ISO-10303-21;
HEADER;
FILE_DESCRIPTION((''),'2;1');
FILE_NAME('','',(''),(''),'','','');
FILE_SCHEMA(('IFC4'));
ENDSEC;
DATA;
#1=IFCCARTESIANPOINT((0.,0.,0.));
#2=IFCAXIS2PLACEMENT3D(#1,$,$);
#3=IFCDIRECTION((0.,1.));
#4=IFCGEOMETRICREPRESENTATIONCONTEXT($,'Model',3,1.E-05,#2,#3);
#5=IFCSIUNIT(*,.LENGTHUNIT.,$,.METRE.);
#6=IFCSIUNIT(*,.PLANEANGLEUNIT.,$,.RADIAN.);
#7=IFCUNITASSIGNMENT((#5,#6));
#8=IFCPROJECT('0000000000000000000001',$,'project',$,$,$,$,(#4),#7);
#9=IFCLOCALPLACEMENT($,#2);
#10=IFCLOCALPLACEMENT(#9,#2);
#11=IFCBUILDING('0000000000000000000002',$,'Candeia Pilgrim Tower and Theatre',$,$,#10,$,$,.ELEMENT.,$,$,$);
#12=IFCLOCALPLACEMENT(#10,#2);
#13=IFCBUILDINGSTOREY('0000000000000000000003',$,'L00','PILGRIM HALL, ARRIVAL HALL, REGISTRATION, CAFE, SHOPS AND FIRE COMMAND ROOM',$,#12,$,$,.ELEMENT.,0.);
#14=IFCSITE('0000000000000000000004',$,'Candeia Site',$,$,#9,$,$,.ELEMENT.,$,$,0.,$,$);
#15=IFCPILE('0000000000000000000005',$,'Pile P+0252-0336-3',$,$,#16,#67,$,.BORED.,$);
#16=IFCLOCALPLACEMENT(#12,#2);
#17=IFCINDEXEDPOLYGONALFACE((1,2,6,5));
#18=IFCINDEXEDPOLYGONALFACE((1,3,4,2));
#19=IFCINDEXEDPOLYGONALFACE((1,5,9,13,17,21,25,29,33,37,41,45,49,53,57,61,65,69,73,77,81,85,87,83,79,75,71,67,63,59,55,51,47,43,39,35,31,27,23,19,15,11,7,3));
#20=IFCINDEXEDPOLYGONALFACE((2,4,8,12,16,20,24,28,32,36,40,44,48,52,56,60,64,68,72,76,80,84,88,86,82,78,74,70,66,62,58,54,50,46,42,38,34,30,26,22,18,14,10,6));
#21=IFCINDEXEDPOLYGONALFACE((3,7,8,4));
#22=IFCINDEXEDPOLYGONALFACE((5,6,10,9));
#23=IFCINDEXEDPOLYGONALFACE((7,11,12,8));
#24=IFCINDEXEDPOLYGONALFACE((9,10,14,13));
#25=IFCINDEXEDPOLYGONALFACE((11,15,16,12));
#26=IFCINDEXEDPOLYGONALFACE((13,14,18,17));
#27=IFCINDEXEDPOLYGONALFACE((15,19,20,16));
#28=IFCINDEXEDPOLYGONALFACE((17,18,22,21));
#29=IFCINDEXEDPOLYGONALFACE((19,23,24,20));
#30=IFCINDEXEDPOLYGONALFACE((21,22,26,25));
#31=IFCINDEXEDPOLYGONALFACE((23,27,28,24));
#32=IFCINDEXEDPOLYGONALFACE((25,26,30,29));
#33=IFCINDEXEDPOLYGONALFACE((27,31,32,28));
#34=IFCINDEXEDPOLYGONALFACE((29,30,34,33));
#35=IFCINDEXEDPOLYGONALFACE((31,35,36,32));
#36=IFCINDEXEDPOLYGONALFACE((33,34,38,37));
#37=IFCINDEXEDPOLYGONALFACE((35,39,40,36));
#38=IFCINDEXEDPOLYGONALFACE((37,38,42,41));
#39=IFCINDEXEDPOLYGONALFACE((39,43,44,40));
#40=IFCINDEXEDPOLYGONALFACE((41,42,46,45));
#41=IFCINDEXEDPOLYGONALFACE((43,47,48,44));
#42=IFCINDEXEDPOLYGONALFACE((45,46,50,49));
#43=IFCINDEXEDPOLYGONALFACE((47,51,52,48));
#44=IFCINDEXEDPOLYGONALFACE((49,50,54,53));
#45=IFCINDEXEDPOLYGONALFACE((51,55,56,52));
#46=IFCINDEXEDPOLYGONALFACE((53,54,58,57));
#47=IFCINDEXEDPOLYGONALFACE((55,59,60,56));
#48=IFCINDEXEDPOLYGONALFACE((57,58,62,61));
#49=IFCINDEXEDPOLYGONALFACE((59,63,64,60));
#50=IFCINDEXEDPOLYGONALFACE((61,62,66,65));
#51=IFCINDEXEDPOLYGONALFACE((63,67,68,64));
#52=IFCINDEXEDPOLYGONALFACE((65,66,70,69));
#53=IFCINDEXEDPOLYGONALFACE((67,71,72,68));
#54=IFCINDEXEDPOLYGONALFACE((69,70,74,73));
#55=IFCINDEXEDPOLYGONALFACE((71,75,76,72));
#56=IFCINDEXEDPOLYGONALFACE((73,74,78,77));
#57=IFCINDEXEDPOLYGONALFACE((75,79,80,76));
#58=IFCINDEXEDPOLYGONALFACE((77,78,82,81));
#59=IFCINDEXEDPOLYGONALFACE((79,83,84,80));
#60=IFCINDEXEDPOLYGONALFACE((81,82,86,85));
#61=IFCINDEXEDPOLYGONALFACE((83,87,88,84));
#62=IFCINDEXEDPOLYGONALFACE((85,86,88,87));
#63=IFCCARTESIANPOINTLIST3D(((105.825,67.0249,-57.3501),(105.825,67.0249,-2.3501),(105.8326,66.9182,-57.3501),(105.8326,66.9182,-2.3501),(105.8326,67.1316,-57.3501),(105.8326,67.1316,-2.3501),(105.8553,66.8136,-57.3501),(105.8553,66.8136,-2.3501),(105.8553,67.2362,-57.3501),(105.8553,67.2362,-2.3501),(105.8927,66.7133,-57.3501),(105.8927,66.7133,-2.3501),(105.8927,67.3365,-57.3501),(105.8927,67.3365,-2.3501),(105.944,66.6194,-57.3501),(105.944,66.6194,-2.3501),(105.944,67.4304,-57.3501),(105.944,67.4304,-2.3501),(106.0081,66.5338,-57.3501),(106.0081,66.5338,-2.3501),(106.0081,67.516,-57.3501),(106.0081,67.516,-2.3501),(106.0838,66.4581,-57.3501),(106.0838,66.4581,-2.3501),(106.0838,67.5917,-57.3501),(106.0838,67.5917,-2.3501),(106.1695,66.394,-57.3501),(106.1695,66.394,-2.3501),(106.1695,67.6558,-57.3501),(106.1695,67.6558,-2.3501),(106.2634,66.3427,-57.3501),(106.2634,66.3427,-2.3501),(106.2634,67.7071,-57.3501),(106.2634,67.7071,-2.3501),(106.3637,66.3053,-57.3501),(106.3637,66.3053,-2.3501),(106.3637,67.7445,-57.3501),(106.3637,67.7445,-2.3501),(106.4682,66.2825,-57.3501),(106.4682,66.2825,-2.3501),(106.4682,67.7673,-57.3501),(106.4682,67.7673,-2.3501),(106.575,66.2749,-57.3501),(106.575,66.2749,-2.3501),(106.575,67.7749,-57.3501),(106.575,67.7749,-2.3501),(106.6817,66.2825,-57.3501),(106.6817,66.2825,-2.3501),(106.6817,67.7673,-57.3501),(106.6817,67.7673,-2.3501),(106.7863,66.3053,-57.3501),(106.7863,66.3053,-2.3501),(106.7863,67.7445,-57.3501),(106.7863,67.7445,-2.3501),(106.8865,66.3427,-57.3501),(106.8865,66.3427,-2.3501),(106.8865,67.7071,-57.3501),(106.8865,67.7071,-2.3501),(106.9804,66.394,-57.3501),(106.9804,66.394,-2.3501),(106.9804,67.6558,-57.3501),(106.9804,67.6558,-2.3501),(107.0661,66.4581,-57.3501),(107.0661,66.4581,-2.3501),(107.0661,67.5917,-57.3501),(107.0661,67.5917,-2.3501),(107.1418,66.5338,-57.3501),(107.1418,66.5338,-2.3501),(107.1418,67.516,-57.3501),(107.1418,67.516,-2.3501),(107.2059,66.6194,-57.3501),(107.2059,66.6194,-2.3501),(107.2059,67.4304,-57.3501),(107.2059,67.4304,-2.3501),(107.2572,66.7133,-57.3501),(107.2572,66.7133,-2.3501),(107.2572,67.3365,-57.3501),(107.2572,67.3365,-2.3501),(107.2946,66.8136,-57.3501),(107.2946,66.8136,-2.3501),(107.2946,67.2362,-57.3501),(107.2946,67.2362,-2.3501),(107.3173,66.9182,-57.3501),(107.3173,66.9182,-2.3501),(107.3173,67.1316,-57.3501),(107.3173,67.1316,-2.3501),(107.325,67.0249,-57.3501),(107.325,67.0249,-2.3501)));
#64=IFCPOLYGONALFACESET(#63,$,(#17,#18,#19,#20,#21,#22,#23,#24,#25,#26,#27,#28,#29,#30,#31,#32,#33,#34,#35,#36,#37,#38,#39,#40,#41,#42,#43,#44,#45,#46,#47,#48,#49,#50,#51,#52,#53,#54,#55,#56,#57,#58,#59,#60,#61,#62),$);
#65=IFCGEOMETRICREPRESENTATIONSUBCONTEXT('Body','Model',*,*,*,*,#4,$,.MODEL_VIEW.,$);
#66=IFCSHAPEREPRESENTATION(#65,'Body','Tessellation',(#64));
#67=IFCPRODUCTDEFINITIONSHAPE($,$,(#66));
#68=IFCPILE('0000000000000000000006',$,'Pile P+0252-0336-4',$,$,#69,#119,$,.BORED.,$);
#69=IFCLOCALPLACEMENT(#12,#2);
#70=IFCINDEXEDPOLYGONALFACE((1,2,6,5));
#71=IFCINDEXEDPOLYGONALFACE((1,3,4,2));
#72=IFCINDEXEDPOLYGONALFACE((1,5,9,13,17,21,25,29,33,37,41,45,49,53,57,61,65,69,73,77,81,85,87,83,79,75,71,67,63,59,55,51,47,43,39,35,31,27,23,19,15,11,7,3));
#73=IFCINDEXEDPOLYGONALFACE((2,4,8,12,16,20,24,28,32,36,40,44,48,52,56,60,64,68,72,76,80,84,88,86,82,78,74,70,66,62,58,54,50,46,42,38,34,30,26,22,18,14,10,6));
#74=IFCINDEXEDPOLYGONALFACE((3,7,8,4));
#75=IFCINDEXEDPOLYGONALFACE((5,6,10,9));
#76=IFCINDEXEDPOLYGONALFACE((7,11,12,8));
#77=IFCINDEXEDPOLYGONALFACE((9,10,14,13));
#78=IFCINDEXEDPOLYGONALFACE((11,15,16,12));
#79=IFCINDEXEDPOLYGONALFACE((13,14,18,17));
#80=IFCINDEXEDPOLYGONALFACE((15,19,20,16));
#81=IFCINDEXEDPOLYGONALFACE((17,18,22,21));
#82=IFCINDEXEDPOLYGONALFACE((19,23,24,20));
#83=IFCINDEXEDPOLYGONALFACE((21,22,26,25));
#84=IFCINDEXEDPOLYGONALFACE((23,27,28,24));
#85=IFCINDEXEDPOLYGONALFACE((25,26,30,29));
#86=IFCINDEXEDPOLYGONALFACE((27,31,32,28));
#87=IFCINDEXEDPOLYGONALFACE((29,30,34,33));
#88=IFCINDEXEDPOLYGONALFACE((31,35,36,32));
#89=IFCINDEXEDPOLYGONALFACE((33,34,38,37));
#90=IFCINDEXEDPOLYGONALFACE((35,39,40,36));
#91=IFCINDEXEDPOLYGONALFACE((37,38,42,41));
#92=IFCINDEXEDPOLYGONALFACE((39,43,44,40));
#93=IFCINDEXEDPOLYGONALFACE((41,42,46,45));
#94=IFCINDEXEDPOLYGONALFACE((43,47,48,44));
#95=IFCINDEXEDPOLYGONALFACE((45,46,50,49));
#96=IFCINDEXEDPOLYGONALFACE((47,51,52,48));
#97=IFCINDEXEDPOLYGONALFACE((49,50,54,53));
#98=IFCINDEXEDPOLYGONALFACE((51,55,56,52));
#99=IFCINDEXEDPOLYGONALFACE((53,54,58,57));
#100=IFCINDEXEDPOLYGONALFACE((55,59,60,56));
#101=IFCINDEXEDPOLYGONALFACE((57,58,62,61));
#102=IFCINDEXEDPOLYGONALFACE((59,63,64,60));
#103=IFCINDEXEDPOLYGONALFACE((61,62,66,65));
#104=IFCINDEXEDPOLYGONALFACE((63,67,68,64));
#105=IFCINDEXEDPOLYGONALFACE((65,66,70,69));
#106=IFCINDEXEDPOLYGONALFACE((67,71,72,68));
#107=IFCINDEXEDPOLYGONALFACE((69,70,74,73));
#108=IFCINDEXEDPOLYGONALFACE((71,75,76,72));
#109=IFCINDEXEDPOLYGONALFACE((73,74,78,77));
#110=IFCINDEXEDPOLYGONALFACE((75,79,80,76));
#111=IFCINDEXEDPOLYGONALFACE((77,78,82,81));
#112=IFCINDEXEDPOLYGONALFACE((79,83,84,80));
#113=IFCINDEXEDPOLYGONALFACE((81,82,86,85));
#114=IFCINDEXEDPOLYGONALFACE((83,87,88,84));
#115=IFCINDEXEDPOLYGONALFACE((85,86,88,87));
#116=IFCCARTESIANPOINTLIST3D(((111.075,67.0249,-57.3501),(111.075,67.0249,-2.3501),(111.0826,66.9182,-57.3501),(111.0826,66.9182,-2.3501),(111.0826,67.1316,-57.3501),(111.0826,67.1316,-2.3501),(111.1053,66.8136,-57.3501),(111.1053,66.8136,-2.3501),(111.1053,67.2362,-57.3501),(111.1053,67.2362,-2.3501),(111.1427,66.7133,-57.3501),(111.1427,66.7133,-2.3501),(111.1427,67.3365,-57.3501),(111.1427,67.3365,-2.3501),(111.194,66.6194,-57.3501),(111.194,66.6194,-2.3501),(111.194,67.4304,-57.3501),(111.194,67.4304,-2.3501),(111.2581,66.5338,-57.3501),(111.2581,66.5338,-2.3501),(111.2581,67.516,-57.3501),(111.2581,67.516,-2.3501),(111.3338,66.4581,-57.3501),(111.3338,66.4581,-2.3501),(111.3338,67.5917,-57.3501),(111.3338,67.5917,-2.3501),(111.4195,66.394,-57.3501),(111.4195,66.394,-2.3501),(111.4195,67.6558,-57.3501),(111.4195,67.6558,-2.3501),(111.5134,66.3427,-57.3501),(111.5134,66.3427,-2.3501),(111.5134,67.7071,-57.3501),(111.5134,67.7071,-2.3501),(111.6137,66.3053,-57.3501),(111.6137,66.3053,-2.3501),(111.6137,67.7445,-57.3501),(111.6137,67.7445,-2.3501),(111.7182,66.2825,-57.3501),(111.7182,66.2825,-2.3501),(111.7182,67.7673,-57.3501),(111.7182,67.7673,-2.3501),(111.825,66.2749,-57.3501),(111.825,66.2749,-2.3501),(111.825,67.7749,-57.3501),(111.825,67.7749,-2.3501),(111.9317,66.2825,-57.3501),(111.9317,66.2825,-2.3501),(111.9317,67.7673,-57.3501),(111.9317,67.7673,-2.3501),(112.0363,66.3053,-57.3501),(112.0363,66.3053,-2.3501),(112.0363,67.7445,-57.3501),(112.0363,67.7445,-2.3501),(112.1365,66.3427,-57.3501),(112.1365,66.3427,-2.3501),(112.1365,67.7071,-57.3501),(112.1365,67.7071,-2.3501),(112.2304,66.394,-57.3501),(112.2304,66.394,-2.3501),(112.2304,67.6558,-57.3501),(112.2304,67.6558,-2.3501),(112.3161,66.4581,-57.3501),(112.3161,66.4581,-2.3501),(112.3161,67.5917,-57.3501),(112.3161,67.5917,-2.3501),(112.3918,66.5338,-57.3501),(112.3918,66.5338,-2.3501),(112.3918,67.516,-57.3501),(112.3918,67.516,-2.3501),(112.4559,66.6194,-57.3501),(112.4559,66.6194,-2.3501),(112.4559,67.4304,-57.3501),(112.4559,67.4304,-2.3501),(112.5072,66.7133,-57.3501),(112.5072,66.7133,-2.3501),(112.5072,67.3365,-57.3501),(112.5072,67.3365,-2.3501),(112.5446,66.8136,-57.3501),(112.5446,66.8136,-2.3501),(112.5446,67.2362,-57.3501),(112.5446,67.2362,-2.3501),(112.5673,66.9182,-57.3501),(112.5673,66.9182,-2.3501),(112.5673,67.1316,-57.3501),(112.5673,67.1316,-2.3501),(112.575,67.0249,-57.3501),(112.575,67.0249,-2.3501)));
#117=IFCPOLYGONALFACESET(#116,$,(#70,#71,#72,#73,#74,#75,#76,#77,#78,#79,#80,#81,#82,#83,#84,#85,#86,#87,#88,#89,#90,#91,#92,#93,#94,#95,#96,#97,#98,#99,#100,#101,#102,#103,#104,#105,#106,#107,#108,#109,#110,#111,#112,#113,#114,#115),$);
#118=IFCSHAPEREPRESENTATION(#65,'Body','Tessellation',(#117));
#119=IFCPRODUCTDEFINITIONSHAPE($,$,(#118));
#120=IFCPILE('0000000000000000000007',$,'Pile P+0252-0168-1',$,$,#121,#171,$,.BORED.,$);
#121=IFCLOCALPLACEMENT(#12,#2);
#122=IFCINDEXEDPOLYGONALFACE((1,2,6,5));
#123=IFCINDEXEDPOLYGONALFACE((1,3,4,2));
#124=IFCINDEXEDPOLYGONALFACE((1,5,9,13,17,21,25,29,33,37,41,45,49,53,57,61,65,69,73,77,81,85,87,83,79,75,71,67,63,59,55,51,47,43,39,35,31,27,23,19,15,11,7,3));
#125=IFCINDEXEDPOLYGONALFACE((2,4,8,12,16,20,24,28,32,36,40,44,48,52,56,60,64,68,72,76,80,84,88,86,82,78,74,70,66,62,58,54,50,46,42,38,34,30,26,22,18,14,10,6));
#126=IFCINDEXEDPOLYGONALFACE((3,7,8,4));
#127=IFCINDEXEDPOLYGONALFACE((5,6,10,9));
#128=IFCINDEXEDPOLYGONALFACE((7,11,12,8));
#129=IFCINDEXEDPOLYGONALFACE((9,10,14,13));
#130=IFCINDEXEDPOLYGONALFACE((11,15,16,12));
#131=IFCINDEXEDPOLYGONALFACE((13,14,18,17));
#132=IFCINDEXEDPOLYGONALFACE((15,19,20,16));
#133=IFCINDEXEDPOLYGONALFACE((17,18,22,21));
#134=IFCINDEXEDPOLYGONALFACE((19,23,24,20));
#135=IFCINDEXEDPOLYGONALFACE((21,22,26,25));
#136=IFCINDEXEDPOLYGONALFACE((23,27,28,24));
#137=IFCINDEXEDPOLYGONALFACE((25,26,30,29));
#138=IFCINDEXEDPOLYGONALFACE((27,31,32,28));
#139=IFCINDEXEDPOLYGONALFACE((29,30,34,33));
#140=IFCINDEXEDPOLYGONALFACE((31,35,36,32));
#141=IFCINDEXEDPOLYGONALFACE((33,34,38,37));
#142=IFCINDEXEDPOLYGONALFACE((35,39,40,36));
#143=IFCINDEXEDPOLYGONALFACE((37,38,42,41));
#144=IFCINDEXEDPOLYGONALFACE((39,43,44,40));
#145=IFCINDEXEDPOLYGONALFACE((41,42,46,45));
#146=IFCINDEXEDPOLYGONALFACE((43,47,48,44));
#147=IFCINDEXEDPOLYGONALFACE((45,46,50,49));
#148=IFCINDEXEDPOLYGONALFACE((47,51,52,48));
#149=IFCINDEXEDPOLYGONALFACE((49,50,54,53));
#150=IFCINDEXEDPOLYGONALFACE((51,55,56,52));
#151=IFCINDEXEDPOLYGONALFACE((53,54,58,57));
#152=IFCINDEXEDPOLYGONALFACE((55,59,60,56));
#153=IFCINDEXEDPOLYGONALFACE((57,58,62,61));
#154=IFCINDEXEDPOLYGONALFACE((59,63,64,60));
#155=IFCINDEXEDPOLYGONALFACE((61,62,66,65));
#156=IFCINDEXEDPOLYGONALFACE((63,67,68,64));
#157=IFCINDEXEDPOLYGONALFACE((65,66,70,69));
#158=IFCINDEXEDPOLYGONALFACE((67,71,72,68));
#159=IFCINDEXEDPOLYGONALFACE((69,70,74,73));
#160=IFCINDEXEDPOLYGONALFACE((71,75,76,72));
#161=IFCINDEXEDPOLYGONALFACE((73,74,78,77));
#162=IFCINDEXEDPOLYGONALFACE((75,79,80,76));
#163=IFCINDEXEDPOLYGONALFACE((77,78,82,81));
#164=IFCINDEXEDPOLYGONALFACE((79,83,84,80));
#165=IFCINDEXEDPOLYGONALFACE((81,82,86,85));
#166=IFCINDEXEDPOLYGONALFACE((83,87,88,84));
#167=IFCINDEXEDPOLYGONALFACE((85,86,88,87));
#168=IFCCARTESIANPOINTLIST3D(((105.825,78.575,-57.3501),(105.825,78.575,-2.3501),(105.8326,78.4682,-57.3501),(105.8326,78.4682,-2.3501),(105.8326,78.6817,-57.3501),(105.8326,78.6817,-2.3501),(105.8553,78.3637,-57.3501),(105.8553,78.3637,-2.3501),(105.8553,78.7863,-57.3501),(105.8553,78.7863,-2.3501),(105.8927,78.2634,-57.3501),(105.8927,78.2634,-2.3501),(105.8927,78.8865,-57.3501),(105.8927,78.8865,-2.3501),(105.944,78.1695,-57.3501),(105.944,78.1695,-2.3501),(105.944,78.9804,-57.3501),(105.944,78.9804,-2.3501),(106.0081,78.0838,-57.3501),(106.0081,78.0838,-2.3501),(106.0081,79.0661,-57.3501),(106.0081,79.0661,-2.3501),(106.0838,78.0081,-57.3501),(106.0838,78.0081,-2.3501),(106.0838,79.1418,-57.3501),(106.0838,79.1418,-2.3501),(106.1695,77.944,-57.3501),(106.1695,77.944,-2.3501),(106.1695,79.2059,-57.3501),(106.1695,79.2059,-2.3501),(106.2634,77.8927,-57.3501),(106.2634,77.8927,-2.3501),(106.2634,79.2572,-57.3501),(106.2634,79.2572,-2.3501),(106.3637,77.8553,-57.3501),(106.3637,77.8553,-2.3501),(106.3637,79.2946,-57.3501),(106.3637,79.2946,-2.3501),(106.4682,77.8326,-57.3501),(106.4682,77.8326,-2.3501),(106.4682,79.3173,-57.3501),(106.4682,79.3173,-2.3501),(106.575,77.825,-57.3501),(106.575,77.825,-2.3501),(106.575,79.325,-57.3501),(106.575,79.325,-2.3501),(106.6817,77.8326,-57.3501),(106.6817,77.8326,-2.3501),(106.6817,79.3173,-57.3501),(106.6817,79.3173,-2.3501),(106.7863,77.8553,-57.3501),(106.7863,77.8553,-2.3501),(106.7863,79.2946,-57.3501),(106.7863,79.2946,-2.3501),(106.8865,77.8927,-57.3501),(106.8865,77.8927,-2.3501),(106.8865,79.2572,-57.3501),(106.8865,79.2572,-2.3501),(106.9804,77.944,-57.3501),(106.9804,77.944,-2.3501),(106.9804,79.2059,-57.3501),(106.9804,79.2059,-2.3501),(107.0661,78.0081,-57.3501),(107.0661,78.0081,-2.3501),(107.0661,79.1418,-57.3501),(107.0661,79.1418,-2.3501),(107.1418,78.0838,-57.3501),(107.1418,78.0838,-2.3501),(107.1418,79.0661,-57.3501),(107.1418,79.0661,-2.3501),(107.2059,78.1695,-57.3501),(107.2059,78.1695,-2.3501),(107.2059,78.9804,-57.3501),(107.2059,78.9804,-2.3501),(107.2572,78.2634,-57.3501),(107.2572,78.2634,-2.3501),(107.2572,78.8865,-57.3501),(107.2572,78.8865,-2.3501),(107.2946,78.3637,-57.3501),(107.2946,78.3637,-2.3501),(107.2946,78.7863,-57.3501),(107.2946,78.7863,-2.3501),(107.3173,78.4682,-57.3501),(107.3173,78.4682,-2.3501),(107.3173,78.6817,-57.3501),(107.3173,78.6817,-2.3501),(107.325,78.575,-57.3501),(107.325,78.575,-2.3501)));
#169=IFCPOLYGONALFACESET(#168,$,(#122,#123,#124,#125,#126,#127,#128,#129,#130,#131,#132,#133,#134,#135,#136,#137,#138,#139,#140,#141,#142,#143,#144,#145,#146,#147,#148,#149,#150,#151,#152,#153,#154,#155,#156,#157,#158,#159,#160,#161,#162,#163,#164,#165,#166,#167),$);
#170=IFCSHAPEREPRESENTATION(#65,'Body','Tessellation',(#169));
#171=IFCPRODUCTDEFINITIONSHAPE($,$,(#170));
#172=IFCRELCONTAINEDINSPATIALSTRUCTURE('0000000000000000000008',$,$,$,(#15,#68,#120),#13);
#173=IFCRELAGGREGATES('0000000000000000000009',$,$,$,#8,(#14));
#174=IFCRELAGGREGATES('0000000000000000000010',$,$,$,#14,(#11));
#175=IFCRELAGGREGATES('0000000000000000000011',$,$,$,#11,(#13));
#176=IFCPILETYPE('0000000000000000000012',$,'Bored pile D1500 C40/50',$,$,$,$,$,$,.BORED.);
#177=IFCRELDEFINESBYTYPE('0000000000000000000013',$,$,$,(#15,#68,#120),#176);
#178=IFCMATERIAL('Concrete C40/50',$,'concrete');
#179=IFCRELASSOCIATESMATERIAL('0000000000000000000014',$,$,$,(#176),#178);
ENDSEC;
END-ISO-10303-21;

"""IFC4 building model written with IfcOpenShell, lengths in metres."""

from ifc_helpers import new_model, si_unit, direction, frame, origin, origin_2d, place, context, subcontext, project, spatial, circle, extrude, material, material_profile, profile_set, type_object, element, save


model = new_model("IFC4")

# Units and contexts
model_context = context("Model", 3, precision=1e-05, world=origin(), true_north=direction((0.0, 1.0)))
body_context = subcontext(model_context, "Body", "Model", "MODEL_VIEW")
ifc_project = project(units=[si_unit("LENGTHUNIT", "METRE"), si_unit("PLANEANGLEUNIT", "RADIAN")], contexts=[model_context])

# Site, building, storey
site_placement = place(None, origin())
site = spatial("IfcSite", under=ifc_project, at=site_placement, Name="Candeia Site", CompositionType="ELEMENT", RefElevation=0.0)
building_placement = place(site_placement, origin())
building = spatial("IfcBuilding", under=site, at=building_placement, Name="Candeia Pilgrim Tower and Theatre", CompositionType="ELEMENT")
storey_placement = place(building_placement, origin())
storey = spatial("IfcBuildingStorey", under=building, at=storey_placement, Name="L00", Description="PILGRIM HALL, ARRIVAL HALL, REGISTRATION, CAFE, SHOPS AND FIRE COMMAND ROOM", CompositionType="ELEMENT", Elevation=0.0)

# Piles
ifc_material_1 = material(Name="Concrete C40/50", Category="concrete")
ifc_material_profile_1 = material_profile(ifc_material_1, circle(Radius=0.75, at=origin_2d()))
ifc_profile_set_1 = profile_set([ifc_material_profile_1], Name="Concrete C40/50")
pile_type = type_object("IfcPileType", Name="Bored pile D1500 C40/50", PredefinedType="BORED", material=ifc_profile_set_1)
for number, where, z_axis, x_axis, name in (
    (1, (106.575, 67.0249, -2.3501), (0.0, 0.0, -1.0), (1.0, 0.0, 0.0), "Pile P+0252-0336-3"),
    (2, (111.825, 67.0249, -2.3501), (0.0, 0.0, -1.0), (1.0, 0.0, 0.0), "Pile P+0252-0336-4"),
    (3, (106.575, 78.575, -2.3501), (0.0, 0.0, -1.0), (1.0, 0.0, 0.0), "Pile P+0252-0168-1"),
):
    element("IfcPile", number, at=place(storey_placement, frame(where, z_axis=z_axis, x_axis=x_axis)), inside=storey, type_object=pile_type, Name=name, PredefinedType="BORED", context=body_context, shape_type="SweptSolid", body=[
        extrude(circle(Radius=0.75, at=origin_2d()), origin(), (0.0, 0.0, 1.0), 55.0),
    ])

save(model, "model.ifc")
